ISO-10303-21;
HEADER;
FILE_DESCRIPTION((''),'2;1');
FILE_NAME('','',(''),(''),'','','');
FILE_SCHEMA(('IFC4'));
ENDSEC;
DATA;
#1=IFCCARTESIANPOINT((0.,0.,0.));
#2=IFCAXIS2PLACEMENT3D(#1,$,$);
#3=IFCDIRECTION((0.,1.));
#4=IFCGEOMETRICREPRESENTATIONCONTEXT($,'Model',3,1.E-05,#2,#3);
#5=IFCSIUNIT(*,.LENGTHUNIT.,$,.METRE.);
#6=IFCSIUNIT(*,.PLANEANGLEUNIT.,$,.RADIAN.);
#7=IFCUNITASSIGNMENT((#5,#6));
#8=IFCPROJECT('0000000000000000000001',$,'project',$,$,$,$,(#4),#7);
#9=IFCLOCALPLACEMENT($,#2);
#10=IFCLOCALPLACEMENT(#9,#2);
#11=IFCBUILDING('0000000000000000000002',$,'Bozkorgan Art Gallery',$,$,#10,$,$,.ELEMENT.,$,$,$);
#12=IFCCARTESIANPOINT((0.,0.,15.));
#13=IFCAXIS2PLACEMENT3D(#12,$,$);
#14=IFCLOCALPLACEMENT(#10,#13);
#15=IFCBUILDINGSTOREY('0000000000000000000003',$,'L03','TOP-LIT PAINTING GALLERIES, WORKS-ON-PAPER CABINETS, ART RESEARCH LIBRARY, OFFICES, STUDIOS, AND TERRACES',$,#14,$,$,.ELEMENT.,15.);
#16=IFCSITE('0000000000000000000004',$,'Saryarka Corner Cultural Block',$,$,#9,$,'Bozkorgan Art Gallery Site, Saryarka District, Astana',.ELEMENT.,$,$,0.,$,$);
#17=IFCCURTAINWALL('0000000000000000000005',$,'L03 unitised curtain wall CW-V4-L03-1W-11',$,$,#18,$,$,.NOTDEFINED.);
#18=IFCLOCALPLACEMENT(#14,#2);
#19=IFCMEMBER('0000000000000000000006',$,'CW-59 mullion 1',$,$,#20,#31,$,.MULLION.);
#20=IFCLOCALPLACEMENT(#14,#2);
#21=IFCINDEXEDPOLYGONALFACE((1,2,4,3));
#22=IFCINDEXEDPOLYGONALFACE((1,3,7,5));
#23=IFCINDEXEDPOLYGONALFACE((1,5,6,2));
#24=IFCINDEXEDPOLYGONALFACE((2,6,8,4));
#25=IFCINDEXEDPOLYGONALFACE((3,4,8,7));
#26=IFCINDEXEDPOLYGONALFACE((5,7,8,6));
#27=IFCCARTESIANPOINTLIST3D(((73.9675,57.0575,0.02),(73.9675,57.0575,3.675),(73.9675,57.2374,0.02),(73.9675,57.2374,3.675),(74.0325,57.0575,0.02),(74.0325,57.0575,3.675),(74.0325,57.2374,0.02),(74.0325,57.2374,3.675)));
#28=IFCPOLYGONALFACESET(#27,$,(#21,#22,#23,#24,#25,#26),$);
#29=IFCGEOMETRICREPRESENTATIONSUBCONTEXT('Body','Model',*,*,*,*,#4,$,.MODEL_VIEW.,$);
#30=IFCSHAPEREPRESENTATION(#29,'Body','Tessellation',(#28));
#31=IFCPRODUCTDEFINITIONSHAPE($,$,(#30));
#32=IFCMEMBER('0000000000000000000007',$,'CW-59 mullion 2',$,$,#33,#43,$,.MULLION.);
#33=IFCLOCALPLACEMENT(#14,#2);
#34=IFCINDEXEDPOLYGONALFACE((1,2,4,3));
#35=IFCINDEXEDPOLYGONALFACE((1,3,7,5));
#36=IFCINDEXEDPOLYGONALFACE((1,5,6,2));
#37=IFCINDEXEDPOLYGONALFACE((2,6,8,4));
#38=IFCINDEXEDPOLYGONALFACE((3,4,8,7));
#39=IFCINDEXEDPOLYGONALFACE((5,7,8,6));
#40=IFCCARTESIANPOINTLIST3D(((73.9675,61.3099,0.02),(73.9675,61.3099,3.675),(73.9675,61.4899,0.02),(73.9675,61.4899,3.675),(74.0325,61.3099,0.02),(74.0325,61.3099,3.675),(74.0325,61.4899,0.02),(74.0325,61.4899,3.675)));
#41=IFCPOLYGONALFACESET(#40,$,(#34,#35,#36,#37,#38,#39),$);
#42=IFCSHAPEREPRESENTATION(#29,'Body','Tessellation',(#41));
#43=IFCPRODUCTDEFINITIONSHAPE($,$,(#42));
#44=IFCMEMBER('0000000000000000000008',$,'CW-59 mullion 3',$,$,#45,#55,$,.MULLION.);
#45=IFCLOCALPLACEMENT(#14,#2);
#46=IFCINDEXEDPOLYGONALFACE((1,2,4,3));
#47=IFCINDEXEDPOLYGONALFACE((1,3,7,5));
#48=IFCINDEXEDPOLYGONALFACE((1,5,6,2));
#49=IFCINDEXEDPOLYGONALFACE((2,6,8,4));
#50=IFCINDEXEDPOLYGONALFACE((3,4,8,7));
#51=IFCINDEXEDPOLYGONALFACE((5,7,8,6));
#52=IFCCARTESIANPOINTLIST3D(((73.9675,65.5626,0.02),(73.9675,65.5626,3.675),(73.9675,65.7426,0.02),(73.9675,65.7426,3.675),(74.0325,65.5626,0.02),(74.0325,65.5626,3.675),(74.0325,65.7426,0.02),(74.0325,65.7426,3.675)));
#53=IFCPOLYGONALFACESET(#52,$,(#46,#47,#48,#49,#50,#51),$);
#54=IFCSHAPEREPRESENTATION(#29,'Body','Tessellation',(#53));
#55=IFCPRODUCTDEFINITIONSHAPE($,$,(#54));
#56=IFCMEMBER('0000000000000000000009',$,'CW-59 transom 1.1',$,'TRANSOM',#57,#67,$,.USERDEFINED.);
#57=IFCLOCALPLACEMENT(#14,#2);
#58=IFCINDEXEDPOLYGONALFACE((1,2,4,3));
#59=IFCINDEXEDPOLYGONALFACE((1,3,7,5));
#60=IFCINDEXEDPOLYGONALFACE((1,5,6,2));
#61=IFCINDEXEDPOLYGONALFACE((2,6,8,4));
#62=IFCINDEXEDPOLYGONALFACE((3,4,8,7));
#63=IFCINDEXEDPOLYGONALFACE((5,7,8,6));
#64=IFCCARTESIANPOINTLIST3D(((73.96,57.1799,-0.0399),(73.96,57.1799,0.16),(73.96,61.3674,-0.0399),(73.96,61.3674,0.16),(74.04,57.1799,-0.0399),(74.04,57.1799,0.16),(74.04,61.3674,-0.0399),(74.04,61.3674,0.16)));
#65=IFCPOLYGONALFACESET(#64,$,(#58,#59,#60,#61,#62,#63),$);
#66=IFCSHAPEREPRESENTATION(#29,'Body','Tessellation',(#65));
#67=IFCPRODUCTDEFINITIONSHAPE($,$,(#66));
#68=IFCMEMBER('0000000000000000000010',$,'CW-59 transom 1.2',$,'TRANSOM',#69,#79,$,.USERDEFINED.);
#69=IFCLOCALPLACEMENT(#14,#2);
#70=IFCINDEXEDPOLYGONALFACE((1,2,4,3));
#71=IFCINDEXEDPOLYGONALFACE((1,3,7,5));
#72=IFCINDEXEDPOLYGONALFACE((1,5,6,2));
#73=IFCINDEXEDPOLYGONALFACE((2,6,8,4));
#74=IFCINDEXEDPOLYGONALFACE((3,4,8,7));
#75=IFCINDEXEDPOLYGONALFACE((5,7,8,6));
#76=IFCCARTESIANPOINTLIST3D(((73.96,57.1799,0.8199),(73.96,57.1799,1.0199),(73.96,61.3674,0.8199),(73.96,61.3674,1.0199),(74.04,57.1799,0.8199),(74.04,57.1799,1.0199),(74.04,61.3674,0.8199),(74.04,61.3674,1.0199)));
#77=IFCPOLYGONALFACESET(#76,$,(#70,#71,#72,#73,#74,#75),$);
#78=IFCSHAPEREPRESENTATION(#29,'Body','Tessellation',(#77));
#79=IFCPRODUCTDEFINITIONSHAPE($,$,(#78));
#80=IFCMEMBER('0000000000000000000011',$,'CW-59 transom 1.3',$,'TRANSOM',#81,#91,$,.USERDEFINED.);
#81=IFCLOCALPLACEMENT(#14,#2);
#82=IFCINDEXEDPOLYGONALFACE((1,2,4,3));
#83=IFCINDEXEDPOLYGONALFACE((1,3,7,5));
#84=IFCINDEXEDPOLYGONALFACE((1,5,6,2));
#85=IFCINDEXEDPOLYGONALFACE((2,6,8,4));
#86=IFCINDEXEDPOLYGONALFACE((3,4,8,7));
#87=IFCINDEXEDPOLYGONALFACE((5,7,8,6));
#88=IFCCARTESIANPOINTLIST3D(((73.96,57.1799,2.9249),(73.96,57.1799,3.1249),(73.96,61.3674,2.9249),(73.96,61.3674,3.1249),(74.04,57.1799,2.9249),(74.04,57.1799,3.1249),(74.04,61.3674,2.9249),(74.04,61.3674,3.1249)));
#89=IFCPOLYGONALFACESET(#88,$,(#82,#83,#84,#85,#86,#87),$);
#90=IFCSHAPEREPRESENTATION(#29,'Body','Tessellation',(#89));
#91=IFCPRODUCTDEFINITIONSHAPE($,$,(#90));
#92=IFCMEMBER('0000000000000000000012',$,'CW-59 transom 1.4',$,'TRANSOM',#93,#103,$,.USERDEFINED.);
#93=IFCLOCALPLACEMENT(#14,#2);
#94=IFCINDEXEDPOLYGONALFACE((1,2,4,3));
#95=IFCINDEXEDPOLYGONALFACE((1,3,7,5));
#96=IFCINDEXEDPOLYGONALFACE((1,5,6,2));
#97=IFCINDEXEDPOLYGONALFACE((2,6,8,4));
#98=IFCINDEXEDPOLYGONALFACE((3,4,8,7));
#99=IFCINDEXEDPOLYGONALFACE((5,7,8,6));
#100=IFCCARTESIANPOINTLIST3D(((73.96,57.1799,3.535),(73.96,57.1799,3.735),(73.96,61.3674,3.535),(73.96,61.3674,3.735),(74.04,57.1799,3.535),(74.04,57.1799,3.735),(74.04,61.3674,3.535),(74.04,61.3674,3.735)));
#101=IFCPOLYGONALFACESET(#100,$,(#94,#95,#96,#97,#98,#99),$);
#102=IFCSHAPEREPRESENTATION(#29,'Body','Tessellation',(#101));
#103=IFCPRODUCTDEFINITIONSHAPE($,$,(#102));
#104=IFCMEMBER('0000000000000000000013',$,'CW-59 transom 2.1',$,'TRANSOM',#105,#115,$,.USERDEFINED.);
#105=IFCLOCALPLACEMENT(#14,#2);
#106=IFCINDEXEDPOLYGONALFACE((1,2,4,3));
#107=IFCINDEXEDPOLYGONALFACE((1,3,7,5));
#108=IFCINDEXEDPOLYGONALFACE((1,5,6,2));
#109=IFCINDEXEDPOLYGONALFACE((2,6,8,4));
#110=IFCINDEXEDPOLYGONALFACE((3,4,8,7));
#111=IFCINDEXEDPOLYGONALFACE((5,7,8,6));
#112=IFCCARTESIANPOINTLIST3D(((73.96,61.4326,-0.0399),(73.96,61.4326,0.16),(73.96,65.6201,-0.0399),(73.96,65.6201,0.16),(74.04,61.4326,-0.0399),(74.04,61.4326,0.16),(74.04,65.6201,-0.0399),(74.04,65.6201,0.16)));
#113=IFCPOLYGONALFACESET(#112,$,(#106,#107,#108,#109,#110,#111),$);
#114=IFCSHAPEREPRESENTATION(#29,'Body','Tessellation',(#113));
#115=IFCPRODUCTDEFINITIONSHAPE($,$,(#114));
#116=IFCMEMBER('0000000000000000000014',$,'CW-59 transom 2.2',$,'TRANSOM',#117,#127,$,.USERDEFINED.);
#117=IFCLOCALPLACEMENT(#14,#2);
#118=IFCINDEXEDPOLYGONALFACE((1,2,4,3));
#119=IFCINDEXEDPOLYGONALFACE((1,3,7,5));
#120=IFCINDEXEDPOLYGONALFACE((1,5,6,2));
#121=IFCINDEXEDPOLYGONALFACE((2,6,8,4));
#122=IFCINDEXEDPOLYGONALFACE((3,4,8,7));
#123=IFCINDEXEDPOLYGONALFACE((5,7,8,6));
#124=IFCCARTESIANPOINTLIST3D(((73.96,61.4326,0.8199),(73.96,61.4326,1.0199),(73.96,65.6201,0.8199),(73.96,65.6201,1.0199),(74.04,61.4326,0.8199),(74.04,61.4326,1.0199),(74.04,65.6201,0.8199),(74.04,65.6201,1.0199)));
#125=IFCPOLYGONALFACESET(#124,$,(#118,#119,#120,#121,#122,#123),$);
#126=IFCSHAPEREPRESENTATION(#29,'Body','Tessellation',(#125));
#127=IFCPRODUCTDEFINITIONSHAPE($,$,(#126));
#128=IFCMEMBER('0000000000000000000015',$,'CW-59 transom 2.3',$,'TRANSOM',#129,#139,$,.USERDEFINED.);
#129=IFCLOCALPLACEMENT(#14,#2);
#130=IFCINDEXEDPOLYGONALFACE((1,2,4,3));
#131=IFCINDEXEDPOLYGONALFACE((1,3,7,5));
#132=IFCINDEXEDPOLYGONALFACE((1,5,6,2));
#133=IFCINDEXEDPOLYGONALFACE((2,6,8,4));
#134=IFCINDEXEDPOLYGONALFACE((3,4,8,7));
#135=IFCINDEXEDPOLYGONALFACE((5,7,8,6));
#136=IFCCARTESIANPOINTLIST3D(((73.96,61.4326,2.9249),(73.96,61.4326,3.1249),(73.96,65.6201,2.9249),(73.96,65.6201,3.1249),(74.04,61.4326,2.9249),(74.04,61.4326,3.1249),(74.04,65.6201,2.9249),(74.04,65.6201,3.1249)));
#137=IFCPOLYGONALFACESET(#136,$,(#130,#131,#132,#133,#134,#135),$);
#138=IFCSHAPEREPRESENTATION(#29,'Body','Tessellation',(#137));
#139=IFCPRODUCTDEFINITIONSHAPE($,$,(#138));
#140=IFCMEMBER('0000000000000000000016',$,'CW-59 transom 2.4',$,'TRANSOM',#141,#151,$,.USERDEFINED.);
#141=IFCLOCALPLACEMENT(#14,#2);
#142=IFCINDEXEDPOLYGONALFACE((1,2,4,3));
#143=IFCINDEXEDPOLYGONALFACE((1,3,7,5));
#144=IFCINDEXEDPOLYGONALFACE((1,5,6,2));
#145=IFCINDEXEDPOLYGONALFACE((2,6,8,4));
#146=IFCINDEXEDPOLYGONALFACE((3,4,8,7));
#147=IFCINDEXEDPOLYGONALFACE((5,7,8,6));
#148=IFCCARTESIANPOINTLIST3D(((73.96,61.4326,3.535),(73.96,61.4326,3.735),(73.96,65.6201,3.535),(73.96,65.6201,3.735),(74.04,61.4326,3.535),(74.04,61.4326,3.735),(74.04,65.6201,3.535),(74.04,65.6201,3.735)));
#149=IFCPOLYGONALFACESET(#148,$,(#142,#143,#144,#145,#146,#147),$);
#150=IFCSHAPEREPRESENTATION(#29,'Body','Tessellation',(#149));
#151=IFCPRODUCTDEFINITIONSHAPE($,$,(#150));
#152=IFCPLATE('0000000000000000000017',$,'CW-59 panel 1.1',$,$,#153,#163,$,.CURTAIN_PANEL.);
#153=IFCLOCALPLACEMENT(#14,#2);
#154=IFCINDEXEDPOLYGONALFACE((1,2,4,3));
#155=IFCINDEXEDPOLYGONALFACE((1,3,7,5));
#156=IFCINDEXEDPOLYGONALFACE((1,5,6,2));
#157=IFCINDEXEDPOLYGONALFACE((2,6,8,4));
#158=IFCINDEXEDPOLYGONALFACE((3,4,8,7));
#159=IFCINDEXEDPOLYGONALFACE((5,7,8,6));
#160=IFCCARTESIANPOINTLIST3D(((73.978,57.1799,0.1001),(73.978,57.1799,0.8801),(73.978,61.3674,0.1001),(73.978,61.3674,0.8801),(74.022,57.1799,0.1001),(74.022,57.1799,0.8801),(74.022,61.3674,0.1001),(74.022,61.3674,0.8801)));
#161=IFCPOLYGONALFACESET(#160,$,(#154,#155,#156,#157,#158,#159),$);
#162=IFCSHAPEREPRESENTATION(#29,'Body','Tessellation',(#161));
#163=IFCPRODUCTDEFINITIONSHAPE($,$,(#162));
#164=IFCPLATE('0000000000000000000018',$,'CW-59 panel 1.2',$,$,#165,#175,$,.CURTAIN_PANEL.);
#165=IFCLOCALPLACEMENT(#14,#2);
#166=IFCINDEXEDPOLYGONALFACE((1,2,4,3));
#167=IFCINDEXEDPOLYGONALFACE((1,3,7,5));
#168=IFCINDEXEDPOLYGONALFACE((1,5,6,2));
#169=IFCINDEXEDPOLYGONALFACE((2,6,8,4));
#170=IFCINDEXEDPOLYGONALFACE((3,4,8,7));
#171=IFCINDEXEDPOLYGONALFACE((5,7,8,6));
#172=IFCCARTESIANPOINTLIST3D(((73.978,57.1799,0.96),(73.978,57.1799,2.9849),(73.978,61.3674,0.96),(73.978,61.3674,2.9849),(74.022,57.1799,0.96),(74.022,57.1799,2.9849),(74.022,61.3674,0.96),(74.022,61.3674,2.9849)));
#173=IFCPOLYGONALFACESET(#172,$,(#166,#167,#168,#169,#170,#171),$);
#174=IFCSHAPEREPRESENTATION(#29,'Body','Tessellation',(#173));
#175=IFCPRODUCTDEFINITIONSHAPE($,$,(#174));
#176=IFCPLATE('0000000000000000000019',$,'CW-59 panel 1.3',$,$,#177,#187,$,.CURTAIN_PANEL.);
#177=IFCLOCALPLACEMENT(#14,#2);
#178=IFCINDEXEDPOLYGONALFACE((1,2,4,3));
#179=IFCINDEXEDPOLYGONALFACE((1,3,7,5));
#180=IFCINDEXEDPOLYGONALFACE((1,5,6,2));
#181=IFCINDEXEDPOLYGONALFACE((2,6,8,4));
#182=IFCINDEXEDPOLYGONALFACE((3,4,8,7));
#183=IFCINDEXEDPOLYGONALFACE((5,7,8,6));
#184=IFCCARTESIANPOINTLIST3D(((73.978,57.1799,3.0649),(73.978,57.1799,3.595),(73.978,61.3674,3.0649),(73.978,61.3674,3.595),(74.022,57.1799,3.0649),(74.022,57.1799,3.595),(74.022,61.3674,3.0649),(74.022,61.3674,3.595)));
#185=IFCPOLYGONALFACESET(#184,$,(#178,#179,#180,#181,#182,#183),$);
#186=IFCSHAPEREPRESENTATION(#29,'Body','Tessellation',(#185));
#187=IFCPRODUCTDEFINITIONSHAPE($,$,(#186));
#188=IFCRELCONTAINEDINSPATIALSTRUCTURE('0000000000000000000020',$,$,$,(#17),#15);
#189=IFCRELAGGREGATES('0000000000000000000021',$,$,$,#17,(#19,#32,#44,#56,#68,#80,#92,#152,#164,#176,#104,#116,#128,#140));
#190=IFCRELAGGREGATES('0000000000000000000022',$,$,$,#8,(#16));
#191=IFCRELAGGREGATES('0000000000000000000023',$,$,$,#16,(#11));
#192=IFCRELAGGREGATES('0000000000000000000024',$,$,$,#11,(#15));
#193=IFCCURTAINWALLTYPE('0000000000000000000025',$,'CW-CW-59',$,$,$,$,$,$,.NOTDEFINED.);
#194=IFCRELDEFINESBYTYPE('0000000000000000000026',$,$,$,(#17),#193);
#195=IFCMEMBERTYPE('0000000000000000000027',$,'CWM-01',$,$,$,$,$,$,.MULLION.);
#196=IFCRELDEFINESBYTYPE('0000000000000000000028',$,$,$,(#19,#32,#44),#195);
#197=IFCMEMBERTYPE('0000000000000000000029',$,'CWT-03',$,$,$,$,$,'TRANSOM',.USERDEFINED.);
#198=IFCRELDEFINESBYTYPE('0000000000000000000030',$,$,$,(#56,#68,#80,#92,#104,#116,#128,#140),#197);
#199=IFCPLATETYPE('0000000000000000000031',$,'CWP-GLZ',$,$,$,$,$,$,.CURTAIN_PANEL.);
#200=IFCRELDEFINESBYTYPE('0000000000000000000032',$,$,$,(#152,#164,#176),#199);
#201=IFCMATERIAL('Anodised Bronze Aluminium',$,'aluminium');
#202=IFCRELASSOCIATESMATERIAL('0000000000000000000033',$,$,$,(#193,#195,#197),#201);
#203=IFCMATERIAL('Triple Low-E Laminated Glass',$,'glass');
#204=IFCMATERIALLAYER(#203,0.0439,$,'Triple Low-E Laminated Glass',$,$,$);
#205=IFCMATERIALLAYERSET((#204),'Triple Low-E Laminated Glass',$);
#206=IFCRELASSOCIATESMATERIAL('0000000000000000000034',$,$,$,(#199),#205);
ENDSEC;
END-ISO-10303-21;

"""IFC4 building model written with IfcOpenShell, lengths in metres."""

from ifc_helpers import new_model, si_unit, direction, frame, origin, origin_2d, place, context, subcontext, project, spatial, rectangle, extrude, material, layer, layer_set, material_profile, profile_set, type_object, element, aggregate, save


model = new_model("IFC4")

# Units and contexts
model_context = context("Model", 3, precision=1e-05, world=origin(), true_north=direction((0.0, 1.0)))
body_context = subcontext(model_context, "Body", "Model", "MODEL_VIEW")
ifc_project = project(units=[si_unit("LENGTHUNIT", "METRE"), si_unit("PLANEANGLEUNIT", "RADIAN")], contexts=[model_context])

# Site, building, storey
site_placement = place(None, origin())
site = spatial("IfcSite", under=ifc_project, at=site_placement, Name="Saryarka Corner Cultural Block", LongName="Bozkorgan Art Gallery Site, Saryarka District, Astana", CompositionType="ELEMENT", RefElevation=0.0)
building_placement = place(site_placement, origin())
building = spatial("IfcBuilding", under=site, at=building_placement, Name="Bozkorgan Art Gallery", CompositionType="ELEMENT")
storey_placement = place(building_placement, frame((0.0, 0.0, 15.0)))
storey = spatial("IfcBuildingStorey", under=building, at=storey_placement, Name="L03", Description="TOP-LIT PAINTING GALLERIES, WORKS-ON-PAPER CABINETS, ART RESEARCH LIBRARY, OFFICES, STUDIOS, AND TERRACES", CompositionType="ELEMENT", Elevation=15.0)

# Curtain wall, members, plates
ifc_material_1 = material(Name="Anodised Bronze Aluminium", Category="aluminium")
curtain_wall_type = type_object("IfcCurtainWallType", Name="CW-CW-59", PredefinedType="NOTDEFINED", material=ifc_material_1)
curtain_wall_placement = place(storey_placement, origin())
curtain_wall = element("IfcCurtainWall", 1, at=curtain_wall_placement, inside=storey, type_object=curtain_wall_type, Name="L03 unitised curtain wall CW-V4-L03-1W-11", PredefinedType="NOTDEFINED")
ifc_material_profile_1 = material_profile(ifc_material_1, rectangle(XDim=0.0649, YDim=0.1799, at=origin_2d()), Name="ALU MULLION 65x180")
ifc_profile_set_1 = profile_set([ifc_material_profile_1], Name="Anodised Bronze Aluminium")
member_type_1 = type_object("IfcMemberType", Name="CWM-01", PredefinedType="MULLION", material=ifc_profile_set_1)
member_1_placement = place(storey_placement, frame((74.0, 57.1475, 0.02), z_axis=(0.0, 0.0, 1.0), x_axis=(-1.0, 0.0, 0.0)))
member_1 = element("IfcMember", 2, at=member_1_placement, type_object=member_type_1, Name="CW-59 mullion 1", PredefinedType="MULLION", context=body_context, shape_type="SweptSolid", body=[
    extrude(rectangle(XDim=0.0649, YDim=0.1799, at=origin_2d()), origin(), (0.0, 0.0, 1.0), 3.655),
])
member_2_placement = place(storey_placement, frame((74.0, 61.3999, 0.02), z_axis=(0.0, 0.0, 1.0), x_axis=(-1.0, 0.0, 0.0)))
member_2 = element("IfcMember", 3, at=member_2_placement, type_object=member_type_1, Name="CW-59 mullion 2", PredefinedType="MULLION", context=body_context, shape_type="SweptSolid", body=[
    extrude(rectangle(XDim=0.0649, YDim=0.1799, at=origin_2d()), origin(), (0.0, 0.0, 1.0), 3.655),
])
member_3_placement = place(storey_placement, frame((74.0, 65.6526, 0.02), z_axis=(0.0, 0.0, 1.0), x_axis=(-1.0, 0.0, 0.0)))
member_3 = element("IfcMember", 4, at=member_3_placement, type_object=member_type_1, Name="CW-59 mullion 3", PredefinedType="MULLION", context=body_context, shape_type="SweptSolid", body=[
    extrude(rectangle(XDim=0.0649, YDim=0.1799, at=origin_2d()), origin(), (0.0, 0.0, 1.0), 3.655),
])
ifc_material_profile_2 = material_profile(ifc_material_1, rectangle(XDim=0.0801, YDim=0.2, at=origin_2d()), Name="ALU TRANSOM 80x200")
ifc_profile_set_2 = profile_set([ifc_material_profile_2], Name="Anodised Bronze Aluminium")
member_type_2 = type_object("IfcMemberType", Name="CWT-03", ElementType="TRANSOM", PredefinedType="USERDEFINED", material=ifc_profile_set_2)
member_4_placement = place(storey_placement, frame((74.0, 57.1799, 0.0601), z_axis=(0.0, 1.0, 0.0), x_axis=(-1.0, 0.0, 0.0)))
member_4 = element("IfcMember", 5, at=member_4_placement, type_object=member_type_2, Name="CW-59 transom 1.1", ObjectType="TRANSOM", PredefinedType="USERDEFINED", context=body_context, shape_type="SweptSolid", body=[
    extrude(rectangle(XDim=0.0801, YDim=0.2, at=origin_2d()), origin(), (0.0, 0.0, 1.0), 4.1875),
])
member_5_placement = place(storey_placement, frame((74.0, 57.1799, 0.9199), z_axis=(0.0, 1.0, 0.0), x_axis=(-1.0, 0.0, 0.0)))
member_5 = element("IfcMember", 6, at=member_5_placement, type_object=member_type_2, Name="CW-59 transom 1.2", ObjectType="TRANSOM", PredefinedType="USERDEFINED", context=body_context, shape_type="SweptSolid", body=[
    extrude(rectangle(XDim=0.0801, YDim=0.2, at=origin_2d()), origin(), (0.0, 0.0, 1.0), 4.1875),
])
member_6_placement = place(storey_placement, frame((74.0, 57.1799, 3.0249), z_axis=(0.0, 1.0, 0.0), x_axis=(-1.0, 0.0, 0.0)))
member_6 = element("IfcMember", 7, at=member_6_placement, type_object=member_type_2, Name="CW-59 transom 1.3", ObjectType="TRANSOM", PredefinedType="USERDEFINED", context=body_context, shape_type="SweptSolid", body=[
    extrude(rectangle(XDim=0.0801, YDim=0.2, at=origin_2d()), origin(), (0.0, 0.0, 1.0), 4.1875),
])
member_7_placement = place(storey_placement, frame((74.0, 57.1799, 3.635), z_axis=(0.0, 1.0, 0.0), x_axis=(-1.0, 0.0, 0.0)))
member_7 = element("IfcMember", 8, at=member_7_placement, type_object=member_type_2, Name="CW-59 transom 1.4", ObjectType="TRANSOM", PredefinedType="USERDEFINED", context=body_context, shape_type="SweptSolid", body=[
    extrude(rectangle(XDim=0.0801, YDim=0.2, at=origin_2d()), origin(), (0.0, 0.0, 1.0), 4.1875),
])
member_8_placement = place(storey_placement, frame((74.0, 61.4326, 0.0601), z_axis=(0.0, 1.0, 0.0), x_axis=(-1.0, 0.0, 0.0)))
member_8 = element("IfcMember", 9, at=member_8_placement, type_object=member_type_2, Name="CW-59 transom 2.1", ObjectType="TRANSOM", PredefinedType="USERDEFINED", context=body_context, shape_type="SweptSolid", body=[
    extrude(rectangle(XDim=0.0801, YDim=0.2, at=origin_2d()), origin(), (0.0, 0.0, 1.0), 4.1875),
])
member_9_placement = place(storey_placement, frame((74.0, 61.4326, 0.9199), z_axis=(0.0, 1.0, 0.0), x_axis=(-1.0, 0.0, 0.0)))
member_9 = element("IfcMember", 10, at=member_9_placement, type_object=member_type_2, Name="CW-59 transom 2.2", ObjectType="TRANSOM", PredefinedType="USERDEFINED", context=body_context, shape_type="SweptSolid", body=[
    extrude(rectangle(XDim=0.0801, YDim=0.2, at=origin_2d()), origin(), (0.0, 0.0, 1.0), 4.1875),
])
member_10_placement = place(storey_placement, frame((74.0, 61.4326, 3.0249), z_axis=(0.0, 1.0, 0.0), x_axis=(-1.0, 0.0, 0.0)))
member_10 = element("IfcMember", 11, at=member_10_placement, type_object=member_type_2, Name="CW-59 transom 2.3", ObjectType="TRANSOM", PredefinedType="USERDEFINED", context=body_context, shape_type="SweptSolid", body=[
    extrude(rectangle(XDim=0.0801, YDim=0.2, at=origin_2d()), origin(), (0.0, 0.0, 1.0), 4.1875),
])
member_11_placement = place(storey_placement, frame((74.0, 61.4326, 3.635), z_axis=(0.0, 1.0, 0.0), x_axis=(-1.0, 0.0, 0.0)))
member_11 = element("IfcMember", 12, at=member_11_placement, type_object=member_type_2, Name="CW-59 transom 2.4", ObjectType="TRANSOM", PredefinedType="USERDEFINED", context=body_context, shape_type="SweptSolid", body=[
    extrude(rectangle(XDim=0.0801, YDim=0.2, at=origin_2d()), origin(), (0.0, 0.0, 1.0), 4.1875),
])
ifc_material_2 = material(Name="Triple Low-E Laminated Glass", Category="glass")
ifc_layer_1 = layer(ifc_material_2, 0.0439, Name="Triple Low-E Laminated Glass")
ifc_layer_set_1 = layer_set([ifc_layer_1], Name="Triple Low-E Laminated Glass")
plate_type = type_object("IfcPlateType", Name="CWP-GLZ", PredefinedType="CURTAIN_PANEL", material=ifc_layer_set_1)
plate_1_placement = place(storey_placement, frame((74.0, 59.2737, 0.1001), z_axis=(0.0, 0.0, 1.0), x_axis=(0.0, 1.0, 0.0)))
plate_1 = element("IfcPlate", 13, at=plate_1_placement, type_object=plate_type, Name="CW-59 panel 1.1", PredefinedType="CURTAIN_PANEL", context=body_context, shape_type="SweptSolid", body=[
    extrude(rectangle(XDim=4.1875, YDim=0.0439, at=origin_2d()), origin(), (0.0, 0.0, 1.0), 0.78),
])
plate_2_placement = place(storey_placement, frame((74.0, 59.2737, 0.96), z_axis=(0.0, 0.0, 1.0), x_axis=(0.0, 1.0, 0.0)))
plate_2 = element("IfcPlate", 14, at=plate_2_placement, type_object=plate_type, Name="CW-59 panel 1.2", PredefinedType="CURTAIN_PANEL", context=body_context, shape_type="SweptSolid", body=[
    extrude(rectangle(XDim=4.1875, YDim=0.0439, at=origin_2d()), origin(), (0.0, 0.0, 1.0), 2.0249),
])
plate_3_placement = place(storey_placement, frame((74.0, 59.2737, 3.0649), z_axis=(0.0, 0.0, 1.0), x_axis=(0.0, 1.0, 0.0)))
plate_3 = element("IfcPlate", 15, at=plate_3_placement, type_object=plate_type, Name="CW-59 panel 1.3", PredefinedType="CURTAIN_PANEL", context=body_context, shape_type="SweptSolid", body=[
    extrude(rectangle(XDim=4.1875, YDim=0.0439, at=origin_2d()), origin(), (0.0, 0.0, 1.0), 0.53),
])
aggregate(curtain_wall, [member_1, member_2, member_3, member_4, member_5, member_6, member_7, plate_1, plate_2, plate_3, member_8, member_9, member_10, member_11])

save(model, "model.ifc")
